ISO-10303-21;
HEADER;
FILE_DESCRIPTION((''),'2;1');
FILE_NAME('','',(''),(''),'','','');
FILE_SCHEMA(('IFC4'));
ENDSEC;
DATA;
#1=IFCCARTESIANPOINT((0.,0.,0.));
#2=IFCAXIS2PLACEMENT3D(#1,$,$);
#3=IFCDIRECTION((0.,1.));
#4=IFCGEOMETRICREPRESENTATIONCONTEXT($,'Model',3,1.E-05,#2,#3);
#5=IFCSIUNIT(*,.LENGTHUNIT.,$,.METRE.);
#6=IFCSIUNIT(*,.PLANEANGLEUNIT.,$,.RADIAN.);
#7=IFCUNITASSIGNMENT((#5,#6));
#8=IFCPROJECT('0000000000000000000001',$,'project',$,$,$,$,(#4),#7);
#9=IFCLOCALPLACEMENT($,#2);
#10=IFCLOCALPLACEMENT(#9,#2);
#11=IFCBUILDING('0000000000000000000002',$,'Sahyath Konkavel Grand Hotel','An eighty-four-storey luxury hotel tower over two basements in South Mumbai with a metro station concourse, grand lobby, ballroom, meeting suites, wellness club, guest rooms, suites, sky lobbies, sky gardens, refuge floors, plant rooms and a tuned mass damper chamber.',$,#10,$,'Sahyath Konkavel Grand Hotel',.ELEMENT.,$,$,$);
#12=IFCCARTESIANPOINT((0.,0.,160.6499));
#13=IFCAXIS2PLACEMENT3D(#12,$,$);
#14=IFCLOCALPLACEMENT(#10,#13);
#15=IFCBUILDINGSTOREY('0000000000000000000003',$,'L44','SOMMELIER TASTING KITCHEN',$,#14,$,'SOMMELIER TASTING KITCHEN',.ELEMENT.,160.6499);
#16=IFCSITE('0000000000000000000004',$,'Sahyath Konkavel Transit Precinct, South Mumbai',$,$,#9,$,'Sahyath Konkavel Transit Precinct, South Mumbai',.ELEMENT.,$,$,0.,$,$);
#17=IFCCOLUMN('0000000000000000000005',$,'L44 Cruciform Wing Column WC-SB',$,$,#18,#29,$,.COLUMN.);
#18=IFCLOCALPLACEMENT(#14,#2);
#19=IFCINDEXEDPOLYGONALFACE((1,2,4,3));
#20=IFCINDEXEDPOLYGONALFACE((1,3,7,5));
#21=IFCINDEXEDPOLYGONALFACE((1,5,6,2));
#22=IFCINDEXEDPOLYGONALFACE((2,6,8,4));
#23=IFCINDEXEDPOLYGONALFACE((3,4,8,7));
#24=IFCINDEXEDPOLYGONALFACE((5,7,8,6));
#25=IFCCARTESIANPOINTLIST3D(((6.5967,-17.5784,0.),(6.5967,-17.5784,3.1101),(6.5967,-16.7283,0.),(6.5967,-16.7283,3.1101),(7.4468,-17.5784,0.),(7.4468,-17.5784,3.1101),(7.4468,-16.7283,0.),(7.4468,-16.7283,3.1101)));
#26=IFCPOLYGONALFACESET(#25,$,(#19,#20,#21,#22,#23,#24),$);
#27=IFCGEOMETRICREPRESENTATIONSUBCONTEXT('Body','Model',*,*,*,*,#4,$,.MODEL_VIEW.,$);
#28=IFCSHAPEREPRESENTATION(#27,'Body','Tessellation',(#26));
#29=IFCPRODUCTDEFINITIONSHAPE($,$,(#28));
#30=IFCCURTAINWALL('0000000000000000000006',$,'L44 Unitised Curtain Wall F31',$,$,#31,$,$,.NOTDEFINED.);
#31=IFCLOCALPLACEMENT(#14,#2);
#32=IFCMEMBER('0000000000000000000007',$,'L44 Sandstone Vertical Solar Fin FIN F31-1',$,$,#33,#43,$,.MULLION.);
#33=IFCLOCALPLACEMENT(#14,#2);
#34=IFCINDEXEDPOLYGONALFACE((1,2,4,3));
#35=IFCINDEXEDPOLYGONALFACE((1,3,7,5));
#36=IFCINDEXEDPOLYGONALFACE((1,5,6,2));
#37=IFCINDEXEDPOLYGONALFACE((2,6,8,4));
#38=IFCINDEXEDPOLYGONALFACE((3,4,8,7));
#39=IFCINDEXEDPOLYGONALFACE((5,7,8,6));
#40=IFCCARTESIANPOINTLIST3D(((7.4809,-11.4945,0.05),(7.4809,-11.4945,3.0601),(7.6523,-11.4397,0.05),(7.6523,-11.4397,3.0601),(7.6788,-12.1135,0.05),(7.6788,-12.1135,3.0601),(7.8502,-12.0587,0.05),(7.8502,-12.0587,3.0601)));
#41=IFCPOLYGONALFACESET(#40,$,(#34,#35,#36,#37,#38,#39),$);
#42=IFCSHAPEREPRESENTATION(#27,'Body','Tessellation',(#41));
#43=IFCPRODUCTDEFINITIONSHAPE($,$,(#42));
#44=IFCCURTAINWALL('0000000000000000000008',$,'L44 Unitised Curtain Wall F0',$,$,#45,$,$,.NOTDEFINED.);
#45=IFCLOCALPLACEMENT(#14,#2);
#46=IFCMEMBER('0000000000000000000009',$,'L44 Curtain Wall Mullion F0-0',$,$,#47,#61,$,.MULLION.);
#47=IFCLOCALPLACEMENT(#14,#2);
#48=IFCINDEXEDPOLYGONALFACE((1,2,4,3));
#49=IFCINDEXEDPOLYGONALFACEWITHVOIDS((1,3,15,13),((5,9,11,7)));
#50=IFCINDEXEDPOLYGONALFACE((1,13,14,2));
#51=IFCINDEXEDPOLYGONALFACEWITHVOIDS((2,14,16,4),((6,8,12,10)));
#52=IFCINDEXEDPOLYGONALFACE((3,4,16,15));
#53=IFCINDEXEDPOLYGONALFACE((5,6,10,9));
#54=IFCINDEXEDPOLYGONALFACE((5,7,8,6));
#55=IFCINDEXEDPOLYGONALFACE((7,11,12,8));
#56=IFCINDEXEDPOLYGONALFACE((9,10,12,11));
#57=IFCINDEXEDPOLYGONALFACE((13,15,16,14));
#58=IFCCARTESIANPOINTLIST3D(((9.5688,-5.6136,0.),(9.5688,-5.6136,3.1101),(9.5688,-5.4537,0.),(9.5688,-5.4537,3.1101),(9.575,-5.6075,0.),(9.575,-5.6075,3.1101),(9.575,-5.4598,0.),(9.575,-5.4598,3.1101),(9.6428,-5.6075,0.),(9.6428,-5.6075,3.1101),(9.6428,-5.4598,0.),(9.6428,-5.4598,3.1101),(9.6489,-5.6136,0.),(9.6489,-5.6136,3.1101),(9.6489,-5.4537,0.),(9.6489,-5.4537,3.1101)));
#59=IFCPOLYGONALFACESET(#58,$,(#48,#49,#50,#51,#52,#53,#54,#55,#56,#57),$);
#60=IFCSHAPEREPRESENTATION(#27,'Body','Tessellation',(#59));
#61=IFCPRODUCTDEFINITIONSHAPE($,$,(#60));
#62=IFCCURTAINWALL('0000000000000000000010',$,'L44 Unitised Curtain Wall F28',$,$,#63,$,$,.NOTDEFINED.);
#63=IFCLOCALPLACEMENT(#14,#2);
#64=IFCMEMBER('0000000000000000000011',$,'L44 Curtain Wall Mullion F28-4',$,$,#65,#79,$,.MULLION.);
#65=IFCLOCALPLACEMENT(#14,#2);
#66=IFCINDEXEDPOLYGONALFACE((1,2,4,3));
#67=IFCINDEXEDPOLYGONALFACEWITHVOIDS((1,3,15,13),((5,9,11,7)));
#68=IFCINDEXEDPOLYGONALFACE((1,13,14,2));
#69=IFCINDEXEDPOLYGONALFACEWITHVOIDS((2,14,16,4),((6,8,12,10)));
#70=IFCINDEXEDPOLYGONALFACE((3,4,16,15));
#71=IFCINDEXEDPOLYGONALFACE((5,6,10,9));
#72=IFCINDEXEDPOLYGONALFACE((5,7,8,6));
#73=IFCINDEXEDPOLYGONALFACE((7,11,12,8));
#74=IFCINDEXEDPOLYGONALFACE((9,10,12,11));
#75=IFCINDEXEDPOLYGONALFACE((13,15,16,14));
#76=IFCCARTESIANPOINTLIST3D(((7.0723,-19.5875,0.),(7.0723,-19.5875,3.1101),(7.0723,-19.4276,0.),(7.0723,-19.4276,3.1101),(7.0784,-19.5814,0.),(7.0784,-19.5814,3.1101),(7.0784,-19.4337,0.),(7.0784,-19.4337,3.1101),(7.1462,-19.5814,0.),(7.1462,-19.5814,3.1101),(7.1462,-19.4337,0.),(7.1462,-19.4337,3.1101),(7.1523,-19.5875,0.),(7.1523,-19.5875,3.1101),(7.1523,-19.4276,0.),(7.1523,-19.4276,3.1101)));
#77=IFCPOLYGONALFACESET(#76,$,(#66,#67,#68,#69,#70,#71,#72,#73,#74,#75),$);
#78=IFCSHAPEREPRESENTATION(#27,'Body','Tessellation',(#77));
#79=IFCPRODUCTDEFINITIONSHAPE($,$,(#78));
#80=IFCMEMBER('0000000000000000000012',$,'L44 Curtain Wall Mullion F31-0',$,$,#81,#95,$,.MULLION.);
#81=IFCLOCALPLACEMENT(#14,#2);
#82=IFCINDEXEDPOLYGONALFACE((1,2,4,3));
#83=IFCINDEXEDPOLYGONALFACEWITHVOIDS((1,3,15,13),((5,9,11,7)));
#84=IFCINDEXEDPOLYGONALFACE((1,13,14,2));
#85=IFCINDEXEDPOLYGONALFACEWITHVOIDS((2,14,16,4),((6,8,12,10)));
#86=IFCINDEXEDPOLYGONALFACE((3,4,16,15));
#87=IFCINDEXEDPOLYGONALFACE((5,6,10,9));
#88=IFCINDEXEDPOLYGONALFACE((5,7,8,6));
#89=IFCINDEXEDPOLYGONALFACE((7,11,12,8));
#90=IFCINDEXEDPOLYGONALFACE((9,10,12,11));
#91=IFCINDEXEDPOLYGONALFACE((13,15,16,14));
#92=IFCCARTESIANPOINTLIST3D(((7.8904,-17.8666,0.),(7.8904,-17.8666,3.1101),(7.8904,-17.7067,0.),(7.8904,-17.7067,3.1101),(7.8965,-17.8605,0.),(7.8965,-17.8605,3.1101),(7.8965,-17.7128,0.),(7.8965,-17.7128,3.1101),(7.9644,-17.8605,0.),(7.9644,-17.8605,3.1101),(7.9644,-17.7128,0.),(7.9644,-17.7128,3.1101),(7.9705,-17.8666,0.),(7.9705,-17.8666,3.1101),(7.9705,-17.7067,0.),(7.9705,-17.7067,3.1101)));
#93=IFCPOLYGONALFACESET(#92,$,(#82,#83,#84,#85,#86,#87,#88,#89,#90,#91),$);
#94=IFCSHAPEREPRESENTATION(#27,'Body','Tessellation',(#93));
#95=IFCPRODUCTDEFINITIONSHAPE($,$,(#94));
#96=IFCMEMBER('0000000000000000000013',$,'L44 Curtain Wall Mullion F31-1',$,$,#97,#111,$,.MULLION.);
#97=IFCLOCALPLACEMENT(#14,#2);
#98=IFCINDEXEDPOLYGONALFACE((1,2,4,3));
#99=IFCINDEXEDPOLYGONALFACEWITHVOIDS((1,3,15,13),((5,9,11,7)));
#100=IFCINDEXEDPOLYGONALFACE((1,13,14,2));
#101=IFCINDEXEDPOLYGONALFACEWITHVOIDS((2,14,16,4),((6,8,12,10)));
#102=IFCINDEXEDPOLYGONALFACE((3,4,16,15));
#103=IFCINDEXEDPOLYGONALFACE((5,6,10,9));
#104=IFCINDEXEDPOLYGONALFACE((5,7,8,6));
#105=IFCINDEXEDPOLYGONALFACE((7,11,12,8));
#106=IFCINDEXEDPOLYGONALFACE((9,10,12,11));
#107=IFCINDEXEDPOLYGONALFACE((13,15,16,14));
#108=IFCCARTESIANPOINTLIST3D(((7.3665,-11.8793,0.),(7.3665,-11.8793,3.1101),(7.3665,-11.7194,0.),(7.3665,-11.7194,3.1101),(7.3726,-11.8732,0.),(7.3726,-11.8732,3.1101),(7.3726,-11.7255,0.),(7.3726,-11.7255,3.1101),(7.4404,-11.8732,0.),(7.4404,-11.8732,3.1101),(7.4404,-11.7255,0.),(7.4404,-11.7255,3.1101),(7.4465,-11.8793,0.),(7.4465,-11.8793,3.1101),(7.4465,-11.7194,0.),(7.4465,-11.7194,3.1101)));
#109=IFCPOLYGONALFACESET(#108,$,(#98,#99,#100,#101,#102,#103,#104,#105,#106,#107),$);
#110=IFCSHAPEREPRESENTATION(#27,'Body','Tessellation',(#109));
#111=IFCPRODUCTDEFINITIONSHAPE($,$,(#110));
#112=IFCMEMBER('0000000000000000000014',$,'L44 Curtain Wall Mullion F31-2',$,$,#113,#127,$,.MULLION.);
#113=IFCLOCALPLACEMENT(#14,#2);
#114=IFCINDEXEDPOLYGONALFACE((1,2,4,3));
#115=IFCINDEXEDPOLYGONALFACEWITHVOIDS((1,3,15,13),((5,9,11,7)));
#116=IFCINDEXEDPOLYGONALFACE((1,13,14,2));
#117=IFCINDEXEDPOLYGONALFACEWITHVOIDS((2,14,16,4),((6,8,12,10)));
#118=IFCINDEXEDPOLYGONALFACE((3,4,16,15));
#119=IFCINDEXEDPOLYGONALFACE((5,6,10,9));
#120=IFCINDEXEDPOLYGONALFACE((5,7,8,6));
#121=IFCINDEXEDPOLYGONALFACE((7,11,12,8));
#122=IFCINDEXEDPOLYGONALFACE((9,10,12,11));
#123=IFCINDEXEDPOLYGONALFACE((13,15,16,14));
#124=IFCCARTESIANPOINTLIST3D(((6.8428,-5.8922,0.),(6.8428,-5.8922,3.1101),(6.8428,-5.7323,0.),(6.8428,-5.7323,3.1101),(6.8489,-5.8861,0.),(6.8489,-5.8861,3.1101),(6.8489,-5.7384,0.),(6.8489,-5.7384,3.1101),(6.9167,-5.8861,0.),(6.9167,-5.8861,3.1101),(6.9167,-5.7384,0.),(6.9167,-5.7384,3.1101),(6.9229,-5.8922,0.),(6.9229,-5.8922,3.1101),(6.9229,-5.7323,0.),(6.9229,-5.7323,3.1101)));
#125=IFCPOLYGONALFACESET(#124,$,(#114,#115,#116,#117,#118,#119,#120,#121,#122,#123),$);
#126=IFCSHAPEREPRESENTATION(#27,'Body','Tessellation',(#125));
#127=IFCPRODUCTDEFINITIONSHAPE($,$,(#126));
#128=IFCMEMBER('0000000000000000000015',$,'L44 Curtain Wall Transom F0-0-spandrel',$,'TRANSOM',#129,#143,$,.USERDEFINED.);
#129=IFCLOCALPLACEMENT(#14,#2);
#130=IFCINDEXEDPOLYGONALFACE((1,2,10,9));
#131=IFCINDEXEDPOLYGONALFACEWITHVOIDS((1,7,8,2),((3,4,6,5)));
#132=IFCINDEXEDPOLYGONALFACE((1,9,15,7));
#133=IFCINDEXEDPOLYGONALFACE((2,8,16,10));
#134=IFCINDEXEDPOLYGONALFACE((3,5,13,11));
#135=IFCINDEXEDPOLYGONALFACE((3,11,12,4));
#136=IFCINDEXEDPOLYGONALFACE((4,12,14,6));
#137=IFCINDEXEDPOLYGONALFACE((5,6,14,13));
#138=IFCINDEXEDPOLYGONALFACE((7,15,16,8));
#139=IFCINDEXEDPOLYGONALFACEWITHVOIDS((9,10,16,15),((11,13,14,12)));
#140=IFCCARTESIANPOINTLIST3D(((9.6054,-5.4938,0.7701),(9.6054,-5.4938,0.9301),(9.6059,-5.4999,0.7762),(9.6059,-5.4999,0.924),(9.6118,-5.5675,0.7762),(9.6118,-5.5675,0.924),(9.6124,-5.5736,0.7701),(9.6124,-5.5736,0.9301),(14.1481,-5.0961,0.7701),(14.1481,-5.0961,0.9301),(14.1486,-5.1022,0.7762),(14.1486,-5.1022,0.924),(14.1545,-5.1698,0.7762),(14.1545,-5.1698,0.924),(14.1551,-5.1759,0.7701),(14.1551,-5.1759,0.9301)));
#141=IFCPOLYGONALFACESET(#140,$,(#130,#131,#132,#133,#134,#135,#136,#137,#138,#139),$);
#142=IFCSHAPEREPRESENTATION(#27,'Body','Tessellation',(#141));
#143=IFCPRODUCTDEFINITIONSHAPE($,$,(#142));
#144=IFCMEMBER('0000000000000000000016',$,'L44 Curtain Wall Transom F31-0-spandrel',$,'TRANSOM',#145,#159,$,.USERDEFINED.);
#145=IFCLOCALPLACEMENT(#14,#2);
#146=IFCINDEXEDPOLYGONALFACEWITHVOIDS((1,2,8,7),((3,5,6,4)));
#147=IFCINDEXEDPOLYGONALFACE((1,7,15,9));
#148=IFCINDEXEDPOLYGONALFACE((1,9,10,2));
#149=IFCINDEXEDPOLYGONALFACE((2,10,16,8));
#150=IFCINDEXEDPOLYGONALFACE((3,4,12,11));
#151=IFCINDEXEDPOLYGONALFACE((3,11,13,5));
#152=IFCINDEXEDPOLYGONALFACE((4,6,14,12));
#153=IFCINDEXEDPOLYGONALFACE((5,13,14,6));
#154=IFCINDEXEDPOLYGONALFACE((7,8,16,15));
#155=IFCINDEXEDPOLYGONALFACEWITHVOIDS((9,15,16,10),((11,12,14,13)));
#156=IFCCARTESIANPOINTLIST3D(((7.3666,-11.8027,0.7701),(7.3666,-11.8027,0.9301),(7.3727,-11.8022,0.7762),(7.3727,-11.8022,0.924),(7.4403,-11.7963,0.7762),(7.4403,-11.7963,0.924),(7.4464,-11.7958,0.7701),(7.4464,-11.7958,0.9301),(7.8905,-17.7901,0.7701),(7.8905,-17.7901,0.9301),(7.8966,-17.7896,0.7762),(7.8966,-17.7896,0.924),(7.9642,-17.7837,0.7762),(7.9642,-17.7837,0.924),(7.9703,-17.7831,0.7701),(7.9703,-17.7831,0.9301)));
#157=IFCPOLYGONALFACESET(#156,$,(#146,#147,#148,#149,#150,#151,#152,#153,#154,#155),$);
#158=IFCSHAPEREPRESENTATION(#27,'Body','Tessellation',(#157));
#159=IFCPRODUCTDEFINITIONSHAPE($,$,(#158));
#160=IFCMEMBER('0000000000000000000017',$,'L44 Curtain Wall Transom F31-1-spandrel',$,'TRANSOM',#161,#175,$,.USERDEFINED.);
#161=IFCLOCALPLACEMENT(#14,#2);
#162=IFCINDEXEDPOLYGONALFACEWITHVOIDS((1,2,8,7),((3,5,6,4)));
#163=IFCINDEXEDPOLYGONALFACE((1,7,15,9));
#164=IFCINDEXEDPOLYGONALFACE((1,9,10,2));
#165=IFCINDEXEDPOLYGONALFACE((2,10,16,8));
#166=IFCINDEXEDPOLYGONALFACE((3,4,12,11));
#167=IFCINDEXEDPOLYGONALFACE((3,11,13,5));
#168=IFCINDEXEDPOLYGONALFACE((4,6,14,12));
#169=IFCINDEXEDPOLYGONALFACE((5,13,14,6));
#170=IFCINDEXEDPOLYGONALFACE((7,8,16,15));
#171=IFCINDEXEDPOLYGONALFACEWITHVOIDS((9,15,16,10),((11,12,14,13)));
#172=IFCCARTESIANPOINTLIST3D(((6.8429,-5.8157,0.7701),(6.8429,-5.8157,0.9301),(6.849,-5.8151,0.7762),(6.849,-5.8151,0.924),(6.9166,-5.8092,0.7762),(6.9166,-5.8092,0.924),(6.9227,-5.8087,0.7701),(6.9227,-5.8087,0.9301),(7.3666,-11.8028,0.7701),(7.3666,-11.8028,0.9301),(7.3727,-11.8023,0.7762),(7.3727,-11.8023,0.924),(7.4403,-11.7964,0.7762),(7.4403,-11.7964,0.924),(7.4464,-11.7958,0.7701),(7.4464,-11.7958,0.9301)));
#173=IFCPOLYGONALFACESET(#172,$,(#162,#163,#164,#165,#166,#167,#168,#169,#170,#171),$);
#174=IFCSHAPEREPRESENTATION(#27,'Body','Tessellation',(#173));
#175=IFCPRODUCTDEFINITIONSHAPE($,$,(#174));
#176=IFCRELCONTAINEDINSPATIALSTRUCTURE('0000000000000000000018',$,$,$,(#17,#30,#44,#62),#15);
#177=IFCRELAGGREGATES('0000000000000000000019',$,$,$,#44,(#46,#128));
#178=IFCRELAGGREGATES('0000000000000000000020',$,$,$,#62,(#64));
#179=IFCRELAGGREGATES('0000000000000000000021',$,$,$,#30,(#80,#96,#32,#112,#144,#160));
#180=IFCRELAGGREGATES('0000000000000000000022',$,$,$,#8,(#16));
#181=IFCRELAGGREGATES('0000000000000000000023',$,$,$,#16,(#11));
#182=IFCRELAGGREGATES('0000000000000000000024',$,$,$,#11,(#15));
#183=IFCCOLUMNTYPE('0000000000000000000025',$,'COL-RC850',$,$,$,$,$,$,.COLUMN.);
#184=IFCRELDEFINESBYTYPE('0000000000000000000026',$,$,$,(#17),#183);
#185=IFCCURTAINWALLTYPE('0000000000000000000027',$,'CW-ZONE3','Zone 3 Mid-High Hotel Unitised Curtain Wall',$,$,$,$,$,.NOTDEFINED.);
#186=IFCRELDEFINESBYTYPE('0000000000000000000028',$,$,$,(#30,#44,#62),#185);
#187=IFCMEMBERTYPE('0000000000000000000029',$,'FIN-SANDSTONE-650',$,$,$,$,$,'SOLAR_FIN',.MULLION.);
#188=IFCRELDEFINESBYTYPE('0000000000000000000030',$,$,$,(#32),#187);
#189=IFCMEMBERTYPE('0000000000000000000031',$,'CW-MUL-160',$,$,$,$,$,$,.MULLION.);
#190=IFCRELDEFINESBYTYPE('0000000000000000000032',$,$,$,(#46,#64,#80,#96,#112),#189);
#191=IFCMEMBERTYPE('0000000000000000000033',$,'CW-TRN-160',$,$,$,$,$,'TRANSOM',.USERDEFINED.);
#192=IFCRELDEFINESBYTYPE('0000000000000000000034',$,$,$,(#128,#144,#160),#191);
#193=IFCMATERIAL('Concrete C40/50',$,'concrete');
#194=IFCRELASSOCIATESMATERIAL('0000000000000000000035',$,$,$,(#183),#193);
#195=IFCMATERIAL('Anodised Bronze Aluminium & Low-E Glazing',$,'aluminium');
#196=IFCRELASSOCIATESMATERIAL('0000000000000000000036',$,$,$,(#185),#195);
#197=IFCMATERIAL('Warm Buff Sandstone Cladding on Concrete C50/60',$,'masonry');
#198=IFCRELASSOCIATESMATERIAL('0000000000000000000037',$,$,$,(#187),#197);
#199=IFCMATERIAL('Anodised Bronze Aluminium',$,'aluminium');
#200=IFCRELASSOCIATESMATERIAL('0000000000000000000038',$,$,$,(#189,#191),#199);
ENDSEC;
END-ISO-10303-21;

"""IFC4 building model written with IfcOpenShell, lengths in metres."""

from ifc_helpers import new_model, si_unit, direction, frame, origin, origin_2d, place, context, subcontext, project, spatial, rectangle, hollow_rectangle, extrude, source, transform, mapped, material, material_profile, profile_set, type_object, element, aggregate, save


model = new_model("IFC4")

# Units and contexts
model_context = context("Model", 3, precision=1e-05, world=origin(), true_north=direction((0.0, 1.0)))
body_context = subcontext(model_context, "Body", "Model", "MODEL_VIEW")
ifc_project = project(units=[si_unit("LENGTHUNIT", "METRE"), si_unit("PLANEANGLEUNIT", "RADIAN")], contexts=[model_context])

# Site, building, storey
site_placement = place(None, origin())
site = spatial("IfcSite", under=ifc_project, at=site_placement, Name="Sahyath Konkavel Transit Precinct, South Mumbai", LongName="Sahyath Konkavel Transit Precinct, South Mumbai", CompositionType="ELEMENT", RefElevation=0.0)
building_placement = place(site_placement, origin())
building = spatial("IfcBuilding", under=site, at=building_placement, Name="Sahyath Konkavel Grand Hotel", Description="An eighty-four-storey luxury hotel tower over two basements in South Mumbai with a metro station concourse, grand lobby, ballroom, meeting suites, wellness club, guest rooms, suites, sky lobbies, sky gardens, refuge floors, plant rooms and a tuned mass damper chamber.", LongName="Sahyath Konkavel Grand Hotel", CompositionType="ELEMENT")
storey_placement = place(building_placement, frame((0.0, 0.0, 160.6499)))
storey = spatial("IfcBuildingStorey", under=building, at=storey_placement, Name="L44", Description="SOMMELIER TASTING KITCHEN", LongName="SOMMELIER TASTING KITCHEN", CompositionType="ELEMENT", Elevation=160.6499)

# Column
ifc_material_1 = material(Name="Concrete C40/50", Category="concrete")
ifc_material_profile_1 = material_profile(ifc_material_1, rectangle(XDim=0.8501, YDim=0.8501, at=origin_2d()), Name="RC 850x850")
ifc_profile_set_1 = profile_set([ifc_material_profile_1], Name="Concrete C40/50")
column_type = type_object("IfcColumnType", Name="COL-RC850", PredefinedType="COLUMN", material=ifc_profile_set_1)
shared_shape_1 = source(origin(), body_context, "Body", "SweptSolid", [
    extrude(rectangle(XDim=0.8501, YDim=0.8501, at=origin_2d()), origin(), (0.0, 0.0, 1.0), 3.1101),
])
column_placement = place(storey_placement, frame((7.0217, -17.1533, 0.0), z_axis=(0.0, 0.0, 1.0), x_axis=(1.0, 0.0, 0.0)))
element("IfcColumn", 1, at=column_placement, inside=storey, type_object=column_type, Name="L44 Cruciform Wing Column WC-SB", PredefinedType="COLUMN", context=body_context, shape_type="MappedRepresentation", body=[
    mapped(shared_shape_1, transform((0.0, 0.0, 0.0), scale=1.0)),
])

# Curtain walls, members
ifc_material_2 = material(Name="Anodised Bronze Aluminium & Low-E Glazing", Category="aluminium")
curtain_wall_type = type_object("IfcCurtainWallType", Name="CW-ZONE3", Description="Zone 3 Mid-High Hotel Unitised Curtain Wall", PredefinedType="NOTDEFINED", material=ifc_material_2)
curtain_wall_1_placement = place(storey_placement, origin())
curtain_wall_1 = element("IfcCurtainWall", 2, at=curtain_wall_1_placement, inside=storey, type_object=curtain_wall_type, Name="L44 Unitised Curtain Wall F31", PredefinedType="NOTDEFINED")
ifc_material_3 = material(Name="Warm Buff Sandstone Cladding on Concrete C50/60", Category="masonry")
ifc_material_profile_2 = material_profile(ifc_material_3, rectangle(XDim=0.1799, YDim=0.6499, at=origin_2d()), Name="FIN 180x650")
ifc_profile_set_2 = profile_set([ifc_material_profile_2], Name="Warm Buff Sandstone Cladding on Concrete C50/60")
member_type_1 = type_object("IfcMemberType", Name="FIN-SANDSTONE-650", ElementType="SOLAR_FIN", PredefinedType="MULLION", material=ifc_profile_set_2)
shared_shape_2 = source(origin(), body_context, "Body", "SweptSolid", [
    extrude(rectangle(XDim=0.1799, YDim=0.6499, at=origin_2d()), origin(), (0.0, 0.0, 1.0), 3.01),
])
member_1_placement = place(storey_placement, frame((7.6655, -11.7766, 0.05), z_axis=(0.0, 0.0, 1.0), x_axis=(0.952502, 0.304532, 0.0)))
member_1 = element("IfcMember", 3, at=member_1_placement, type_object=member_type_1, Name="L44 Sandstone Vertical Solar Fin FIN F31-1", PredefinedType="MULLION", context=body_context, shape_type="MappedRepresentation", body=[
    mapped(shared_shape_2, transform((0.0, 0.0, 0.0), scale=1.0)),
])
curtain_wall_2_placement = place(storey_placement, origin())
curtain_wall_2 = element("IfcCurtainWall", 4, at=curtain_wall_2_placement, inside=storey, type_object=curtain_wall_type, Name="L44 Unitised Curtain Wall F0", PredefinedType="NOTDEFINED")
ifc_material_4 = material(Name="Anodised Bronze Aluminium", Category="aluminium")
ifc_material_profile_3 = material_profile(ifc_material_4, hollow_rectangle(XDim=0.0801, YDim=0.1599, WallThickness=0.0061, at=origin_2d()), Name="RHS 160x80x6")
ifc_profile_set_3 = profile_set([ifc_material_profile_3], Name="Anodised Bronze Aluminium")
member_type_2 = type_object("IfcMemberType", Name="CW-MUL-160", PredefinedType="MULLION", material=ifc_profile_set_3)
shared_shape_3 = source(origin(), body_context, "Body", "SweptSolid", [
    extrude(hollow_rectangle(XDim=0.0801, YDim=0.1599, WallThickness=0.0061, at=origin_2d()), origin(), (0.0, 0.0, 1.0), 3.1101),
])
member_2_placement = place(storey_placement, frame((9.6089, -5.5337, 0.0), z_axis=(0.0, 0.0, 1.0), x_axis=(1.0, 0.0, 0.0)))
member_2 = element("IfcMember", 5, at=member_2_placement, type_object=member_type_2, Name="L44 Curtain Wall Mullion F0-0", PredefinedType="MULLION", context=body_context, shape_type="MappedRepresentation", body=[
    mapped(shared_shape_3, transform((0.0, 0.0, 0.0), scale=1.0)),
])
curtain_wall_3_placement = place(storey_placement, origin())
curtain_wall_3 = element("IfcCurtainWall", 6, at=curtain_wall_3_placement, inside=storey, type_object=curtain_wall_type, Name="L44 Unitised Curtain Wall F28", PredefinedType="NOTDEFINED")
member_3_placement = place(storey_placement, frame((7.1123, -19.5076, 0.0), z_axis=(0.0, 0.0, 1.0), x_axis=(1.0, 0.0, 0.0)))
member_3 = element("IfcMember", 7, at=member_3_placement, type_object=member_type_2, Name="L44 Curtain Wall Mullion F28-4", PredefinedType="MULLION", context=body_context, shape_type="MappedRepresentation", body=[
    mapped(shared_shape_3, transform((0.0, 0.0, 0.0), scale=1.0)),
])

# Members
member_4_placement = place(storey_placement, frame((7.9304, -17.7866, 0.0), z_axis=(0.0, 0.0, 1.0), x_axis=(1.0, 0.0, 0.0)))
member_4 = element("IfcMember", 8, at=member_4_placement, type_object=member_type_2, Name="L44 Curtain Wall Mullion F31-0", PredefinedType="MULLION", context=body_context, shape_type="MappedRepresentation", body=[
    mapped(shared_shape_3, transform((0.0, 0.0, 0.0), scale=1.0)),
])
member_5_placement = place(storey_placement, frame((7.4065, -11.7993, 0.0), z_axis=(0.0, 0.0, 1.0), x_axis=(1.0, 0.0, 0.0)))
member_5 = element("IfcMember", 9, at=member_5_placement, type_object=member_type_2, Name="L44 Curtain Wall Mullion F31-1", PredefinedType="MULLION", context=body_context, shape_type="MappedRepresentation", body=[
    mapped(shared_shape_3, transform((0.0, 0.0, 0.0), scale=1.0)),
])
member_6_placement = place(storey_placement, frame((6.8828, -5.8123, 0.0), z_axis=(0.0, 0.0, 1.0), x_axis=(1.0, 0.0, 0.0)))
member_6 = element("IfcMember", 10, at=member_6_placement, type_object=member_type_2, Name="L44 Curtain Wall Mullion F31-2", PredefinedType="MULLION", context=body_context, shape_type="MappedRepresentation", body=[
    mapped(shared_shape_3, transform((0.0, 0.0, 0.0), scale=1.0)),
])
ifc_material_profile_4 = material_profile(ifc_material_4, hollow_rectangle(XDim=0.0801, YDim=0.1599, WallThickness=0.0061, at=origin_2d()), Name="RHS 160x80x6")
ifc_profile_set_4 = profile_set([ifc_material_profile_4], Name="Anodised Bronze Aluminium")
member_type_3 = type_object("IfcMemberType", Name="CW-TRN-160", ElementType="TRANSOM", PredefinedType="USERDEFINED", material=ifc_profile_set_4)
shared_shape_4 = source(origin(), body_context, "Body", "SweptSolid", [
    extrude(hollow_rectangle(XDim=0.0801, YDim=0.1599, WallThickness=0.0061, at=origin_2d()), origin(), (0.0, 0.0, 1.0), 4.5601),
])
member_7_placement = place(storey_placement, frame((9.6089, -5.5337, 0.8501), z_axis=(0.99619, 0.087214, 0.0), x_axis=(-0.087214, 0.99619, 0.0)))
member_7 = element("IfcMember", 11, at=member_7_placement, type_object=member_type_3, Name="L44 Curtain Wall Transom F0-0-spandrel", ObjectType="TRANSOM", PredefinedType="USERDEFINED", context=body_context, shape_type="MappedRepresentation", body=[
    mapped(shared_shape_4, transform((0.0, 0.0, 0.0), scale=1.0)),
])
aggregate(curtain_wall_2, [member_2, member_7])
shared_shape_5 = source(origin(), body_context, "Body", "SweptSolid", [
    extrude(hollow_rectangle(XDim=0.0801, YDim=0.1599, WallThickness=0.0061, at=origin_2d()), origin(), (0.0, 0.0, 1.0), 6.0103),
])
member_8_placement = place(storey_placement, frame((7.9304, -17.7866, 0.8501), z_axis=(-0.087173, 0.996193, 0.0), x_axis=(-0.996193, -0.087173, 0.0)))
member_8 = element("IfcMember", 12, at=member_8_placement, type_object=member_type_3, Name="L44 Curtain Wall Transom F31-0-spandrel", ObjectType="TRANSOM", PredefinedType="USERDEFINED", context=body_context, shape_type="MappedRepresentation", body=[
    mapped(shared_shape_5, transform((0.0, 0.0, 0.0), scale=1.0)),
])
shared_shape_6 = source(origin(), body_context, "Body", "SweptSolid", [
    extrude(hollow_rectangle(XDim=0.0801, YDim=0.1599, WallThickness=0.0061, at=origin_2d()), origin(), (0.0, 0.0, 1.0), 6.01),
])
member_9_placement = place(storey_placement, frame((7.4065, -11.7993, 0.8501), z_axis=(-0.087136, 0.996196, 0.0), x_axis=(-0.996196, -0.087136, 0.0)))
member_9 = element("IfcMember", 13, at=member_9_placement, type_object=member_type_3, Name="L44 Curtain Wall Transom F31-1-spandrel", ObjectType="TRANSOM", PredefinedType="USERDEFINED", context=body_context, shape_type="MappedRepresentation", body=[
    mapped(shared_shape_6, transform((0.0, 0.0, 0.0), scale=1.0)),
])

aggregate(curtain_wall_3, [member_3])
aggregate(curtain_wall_1, [member_4, member_5, member_1, member_6, member_8, member_9])

save(model, "model.ifc")
